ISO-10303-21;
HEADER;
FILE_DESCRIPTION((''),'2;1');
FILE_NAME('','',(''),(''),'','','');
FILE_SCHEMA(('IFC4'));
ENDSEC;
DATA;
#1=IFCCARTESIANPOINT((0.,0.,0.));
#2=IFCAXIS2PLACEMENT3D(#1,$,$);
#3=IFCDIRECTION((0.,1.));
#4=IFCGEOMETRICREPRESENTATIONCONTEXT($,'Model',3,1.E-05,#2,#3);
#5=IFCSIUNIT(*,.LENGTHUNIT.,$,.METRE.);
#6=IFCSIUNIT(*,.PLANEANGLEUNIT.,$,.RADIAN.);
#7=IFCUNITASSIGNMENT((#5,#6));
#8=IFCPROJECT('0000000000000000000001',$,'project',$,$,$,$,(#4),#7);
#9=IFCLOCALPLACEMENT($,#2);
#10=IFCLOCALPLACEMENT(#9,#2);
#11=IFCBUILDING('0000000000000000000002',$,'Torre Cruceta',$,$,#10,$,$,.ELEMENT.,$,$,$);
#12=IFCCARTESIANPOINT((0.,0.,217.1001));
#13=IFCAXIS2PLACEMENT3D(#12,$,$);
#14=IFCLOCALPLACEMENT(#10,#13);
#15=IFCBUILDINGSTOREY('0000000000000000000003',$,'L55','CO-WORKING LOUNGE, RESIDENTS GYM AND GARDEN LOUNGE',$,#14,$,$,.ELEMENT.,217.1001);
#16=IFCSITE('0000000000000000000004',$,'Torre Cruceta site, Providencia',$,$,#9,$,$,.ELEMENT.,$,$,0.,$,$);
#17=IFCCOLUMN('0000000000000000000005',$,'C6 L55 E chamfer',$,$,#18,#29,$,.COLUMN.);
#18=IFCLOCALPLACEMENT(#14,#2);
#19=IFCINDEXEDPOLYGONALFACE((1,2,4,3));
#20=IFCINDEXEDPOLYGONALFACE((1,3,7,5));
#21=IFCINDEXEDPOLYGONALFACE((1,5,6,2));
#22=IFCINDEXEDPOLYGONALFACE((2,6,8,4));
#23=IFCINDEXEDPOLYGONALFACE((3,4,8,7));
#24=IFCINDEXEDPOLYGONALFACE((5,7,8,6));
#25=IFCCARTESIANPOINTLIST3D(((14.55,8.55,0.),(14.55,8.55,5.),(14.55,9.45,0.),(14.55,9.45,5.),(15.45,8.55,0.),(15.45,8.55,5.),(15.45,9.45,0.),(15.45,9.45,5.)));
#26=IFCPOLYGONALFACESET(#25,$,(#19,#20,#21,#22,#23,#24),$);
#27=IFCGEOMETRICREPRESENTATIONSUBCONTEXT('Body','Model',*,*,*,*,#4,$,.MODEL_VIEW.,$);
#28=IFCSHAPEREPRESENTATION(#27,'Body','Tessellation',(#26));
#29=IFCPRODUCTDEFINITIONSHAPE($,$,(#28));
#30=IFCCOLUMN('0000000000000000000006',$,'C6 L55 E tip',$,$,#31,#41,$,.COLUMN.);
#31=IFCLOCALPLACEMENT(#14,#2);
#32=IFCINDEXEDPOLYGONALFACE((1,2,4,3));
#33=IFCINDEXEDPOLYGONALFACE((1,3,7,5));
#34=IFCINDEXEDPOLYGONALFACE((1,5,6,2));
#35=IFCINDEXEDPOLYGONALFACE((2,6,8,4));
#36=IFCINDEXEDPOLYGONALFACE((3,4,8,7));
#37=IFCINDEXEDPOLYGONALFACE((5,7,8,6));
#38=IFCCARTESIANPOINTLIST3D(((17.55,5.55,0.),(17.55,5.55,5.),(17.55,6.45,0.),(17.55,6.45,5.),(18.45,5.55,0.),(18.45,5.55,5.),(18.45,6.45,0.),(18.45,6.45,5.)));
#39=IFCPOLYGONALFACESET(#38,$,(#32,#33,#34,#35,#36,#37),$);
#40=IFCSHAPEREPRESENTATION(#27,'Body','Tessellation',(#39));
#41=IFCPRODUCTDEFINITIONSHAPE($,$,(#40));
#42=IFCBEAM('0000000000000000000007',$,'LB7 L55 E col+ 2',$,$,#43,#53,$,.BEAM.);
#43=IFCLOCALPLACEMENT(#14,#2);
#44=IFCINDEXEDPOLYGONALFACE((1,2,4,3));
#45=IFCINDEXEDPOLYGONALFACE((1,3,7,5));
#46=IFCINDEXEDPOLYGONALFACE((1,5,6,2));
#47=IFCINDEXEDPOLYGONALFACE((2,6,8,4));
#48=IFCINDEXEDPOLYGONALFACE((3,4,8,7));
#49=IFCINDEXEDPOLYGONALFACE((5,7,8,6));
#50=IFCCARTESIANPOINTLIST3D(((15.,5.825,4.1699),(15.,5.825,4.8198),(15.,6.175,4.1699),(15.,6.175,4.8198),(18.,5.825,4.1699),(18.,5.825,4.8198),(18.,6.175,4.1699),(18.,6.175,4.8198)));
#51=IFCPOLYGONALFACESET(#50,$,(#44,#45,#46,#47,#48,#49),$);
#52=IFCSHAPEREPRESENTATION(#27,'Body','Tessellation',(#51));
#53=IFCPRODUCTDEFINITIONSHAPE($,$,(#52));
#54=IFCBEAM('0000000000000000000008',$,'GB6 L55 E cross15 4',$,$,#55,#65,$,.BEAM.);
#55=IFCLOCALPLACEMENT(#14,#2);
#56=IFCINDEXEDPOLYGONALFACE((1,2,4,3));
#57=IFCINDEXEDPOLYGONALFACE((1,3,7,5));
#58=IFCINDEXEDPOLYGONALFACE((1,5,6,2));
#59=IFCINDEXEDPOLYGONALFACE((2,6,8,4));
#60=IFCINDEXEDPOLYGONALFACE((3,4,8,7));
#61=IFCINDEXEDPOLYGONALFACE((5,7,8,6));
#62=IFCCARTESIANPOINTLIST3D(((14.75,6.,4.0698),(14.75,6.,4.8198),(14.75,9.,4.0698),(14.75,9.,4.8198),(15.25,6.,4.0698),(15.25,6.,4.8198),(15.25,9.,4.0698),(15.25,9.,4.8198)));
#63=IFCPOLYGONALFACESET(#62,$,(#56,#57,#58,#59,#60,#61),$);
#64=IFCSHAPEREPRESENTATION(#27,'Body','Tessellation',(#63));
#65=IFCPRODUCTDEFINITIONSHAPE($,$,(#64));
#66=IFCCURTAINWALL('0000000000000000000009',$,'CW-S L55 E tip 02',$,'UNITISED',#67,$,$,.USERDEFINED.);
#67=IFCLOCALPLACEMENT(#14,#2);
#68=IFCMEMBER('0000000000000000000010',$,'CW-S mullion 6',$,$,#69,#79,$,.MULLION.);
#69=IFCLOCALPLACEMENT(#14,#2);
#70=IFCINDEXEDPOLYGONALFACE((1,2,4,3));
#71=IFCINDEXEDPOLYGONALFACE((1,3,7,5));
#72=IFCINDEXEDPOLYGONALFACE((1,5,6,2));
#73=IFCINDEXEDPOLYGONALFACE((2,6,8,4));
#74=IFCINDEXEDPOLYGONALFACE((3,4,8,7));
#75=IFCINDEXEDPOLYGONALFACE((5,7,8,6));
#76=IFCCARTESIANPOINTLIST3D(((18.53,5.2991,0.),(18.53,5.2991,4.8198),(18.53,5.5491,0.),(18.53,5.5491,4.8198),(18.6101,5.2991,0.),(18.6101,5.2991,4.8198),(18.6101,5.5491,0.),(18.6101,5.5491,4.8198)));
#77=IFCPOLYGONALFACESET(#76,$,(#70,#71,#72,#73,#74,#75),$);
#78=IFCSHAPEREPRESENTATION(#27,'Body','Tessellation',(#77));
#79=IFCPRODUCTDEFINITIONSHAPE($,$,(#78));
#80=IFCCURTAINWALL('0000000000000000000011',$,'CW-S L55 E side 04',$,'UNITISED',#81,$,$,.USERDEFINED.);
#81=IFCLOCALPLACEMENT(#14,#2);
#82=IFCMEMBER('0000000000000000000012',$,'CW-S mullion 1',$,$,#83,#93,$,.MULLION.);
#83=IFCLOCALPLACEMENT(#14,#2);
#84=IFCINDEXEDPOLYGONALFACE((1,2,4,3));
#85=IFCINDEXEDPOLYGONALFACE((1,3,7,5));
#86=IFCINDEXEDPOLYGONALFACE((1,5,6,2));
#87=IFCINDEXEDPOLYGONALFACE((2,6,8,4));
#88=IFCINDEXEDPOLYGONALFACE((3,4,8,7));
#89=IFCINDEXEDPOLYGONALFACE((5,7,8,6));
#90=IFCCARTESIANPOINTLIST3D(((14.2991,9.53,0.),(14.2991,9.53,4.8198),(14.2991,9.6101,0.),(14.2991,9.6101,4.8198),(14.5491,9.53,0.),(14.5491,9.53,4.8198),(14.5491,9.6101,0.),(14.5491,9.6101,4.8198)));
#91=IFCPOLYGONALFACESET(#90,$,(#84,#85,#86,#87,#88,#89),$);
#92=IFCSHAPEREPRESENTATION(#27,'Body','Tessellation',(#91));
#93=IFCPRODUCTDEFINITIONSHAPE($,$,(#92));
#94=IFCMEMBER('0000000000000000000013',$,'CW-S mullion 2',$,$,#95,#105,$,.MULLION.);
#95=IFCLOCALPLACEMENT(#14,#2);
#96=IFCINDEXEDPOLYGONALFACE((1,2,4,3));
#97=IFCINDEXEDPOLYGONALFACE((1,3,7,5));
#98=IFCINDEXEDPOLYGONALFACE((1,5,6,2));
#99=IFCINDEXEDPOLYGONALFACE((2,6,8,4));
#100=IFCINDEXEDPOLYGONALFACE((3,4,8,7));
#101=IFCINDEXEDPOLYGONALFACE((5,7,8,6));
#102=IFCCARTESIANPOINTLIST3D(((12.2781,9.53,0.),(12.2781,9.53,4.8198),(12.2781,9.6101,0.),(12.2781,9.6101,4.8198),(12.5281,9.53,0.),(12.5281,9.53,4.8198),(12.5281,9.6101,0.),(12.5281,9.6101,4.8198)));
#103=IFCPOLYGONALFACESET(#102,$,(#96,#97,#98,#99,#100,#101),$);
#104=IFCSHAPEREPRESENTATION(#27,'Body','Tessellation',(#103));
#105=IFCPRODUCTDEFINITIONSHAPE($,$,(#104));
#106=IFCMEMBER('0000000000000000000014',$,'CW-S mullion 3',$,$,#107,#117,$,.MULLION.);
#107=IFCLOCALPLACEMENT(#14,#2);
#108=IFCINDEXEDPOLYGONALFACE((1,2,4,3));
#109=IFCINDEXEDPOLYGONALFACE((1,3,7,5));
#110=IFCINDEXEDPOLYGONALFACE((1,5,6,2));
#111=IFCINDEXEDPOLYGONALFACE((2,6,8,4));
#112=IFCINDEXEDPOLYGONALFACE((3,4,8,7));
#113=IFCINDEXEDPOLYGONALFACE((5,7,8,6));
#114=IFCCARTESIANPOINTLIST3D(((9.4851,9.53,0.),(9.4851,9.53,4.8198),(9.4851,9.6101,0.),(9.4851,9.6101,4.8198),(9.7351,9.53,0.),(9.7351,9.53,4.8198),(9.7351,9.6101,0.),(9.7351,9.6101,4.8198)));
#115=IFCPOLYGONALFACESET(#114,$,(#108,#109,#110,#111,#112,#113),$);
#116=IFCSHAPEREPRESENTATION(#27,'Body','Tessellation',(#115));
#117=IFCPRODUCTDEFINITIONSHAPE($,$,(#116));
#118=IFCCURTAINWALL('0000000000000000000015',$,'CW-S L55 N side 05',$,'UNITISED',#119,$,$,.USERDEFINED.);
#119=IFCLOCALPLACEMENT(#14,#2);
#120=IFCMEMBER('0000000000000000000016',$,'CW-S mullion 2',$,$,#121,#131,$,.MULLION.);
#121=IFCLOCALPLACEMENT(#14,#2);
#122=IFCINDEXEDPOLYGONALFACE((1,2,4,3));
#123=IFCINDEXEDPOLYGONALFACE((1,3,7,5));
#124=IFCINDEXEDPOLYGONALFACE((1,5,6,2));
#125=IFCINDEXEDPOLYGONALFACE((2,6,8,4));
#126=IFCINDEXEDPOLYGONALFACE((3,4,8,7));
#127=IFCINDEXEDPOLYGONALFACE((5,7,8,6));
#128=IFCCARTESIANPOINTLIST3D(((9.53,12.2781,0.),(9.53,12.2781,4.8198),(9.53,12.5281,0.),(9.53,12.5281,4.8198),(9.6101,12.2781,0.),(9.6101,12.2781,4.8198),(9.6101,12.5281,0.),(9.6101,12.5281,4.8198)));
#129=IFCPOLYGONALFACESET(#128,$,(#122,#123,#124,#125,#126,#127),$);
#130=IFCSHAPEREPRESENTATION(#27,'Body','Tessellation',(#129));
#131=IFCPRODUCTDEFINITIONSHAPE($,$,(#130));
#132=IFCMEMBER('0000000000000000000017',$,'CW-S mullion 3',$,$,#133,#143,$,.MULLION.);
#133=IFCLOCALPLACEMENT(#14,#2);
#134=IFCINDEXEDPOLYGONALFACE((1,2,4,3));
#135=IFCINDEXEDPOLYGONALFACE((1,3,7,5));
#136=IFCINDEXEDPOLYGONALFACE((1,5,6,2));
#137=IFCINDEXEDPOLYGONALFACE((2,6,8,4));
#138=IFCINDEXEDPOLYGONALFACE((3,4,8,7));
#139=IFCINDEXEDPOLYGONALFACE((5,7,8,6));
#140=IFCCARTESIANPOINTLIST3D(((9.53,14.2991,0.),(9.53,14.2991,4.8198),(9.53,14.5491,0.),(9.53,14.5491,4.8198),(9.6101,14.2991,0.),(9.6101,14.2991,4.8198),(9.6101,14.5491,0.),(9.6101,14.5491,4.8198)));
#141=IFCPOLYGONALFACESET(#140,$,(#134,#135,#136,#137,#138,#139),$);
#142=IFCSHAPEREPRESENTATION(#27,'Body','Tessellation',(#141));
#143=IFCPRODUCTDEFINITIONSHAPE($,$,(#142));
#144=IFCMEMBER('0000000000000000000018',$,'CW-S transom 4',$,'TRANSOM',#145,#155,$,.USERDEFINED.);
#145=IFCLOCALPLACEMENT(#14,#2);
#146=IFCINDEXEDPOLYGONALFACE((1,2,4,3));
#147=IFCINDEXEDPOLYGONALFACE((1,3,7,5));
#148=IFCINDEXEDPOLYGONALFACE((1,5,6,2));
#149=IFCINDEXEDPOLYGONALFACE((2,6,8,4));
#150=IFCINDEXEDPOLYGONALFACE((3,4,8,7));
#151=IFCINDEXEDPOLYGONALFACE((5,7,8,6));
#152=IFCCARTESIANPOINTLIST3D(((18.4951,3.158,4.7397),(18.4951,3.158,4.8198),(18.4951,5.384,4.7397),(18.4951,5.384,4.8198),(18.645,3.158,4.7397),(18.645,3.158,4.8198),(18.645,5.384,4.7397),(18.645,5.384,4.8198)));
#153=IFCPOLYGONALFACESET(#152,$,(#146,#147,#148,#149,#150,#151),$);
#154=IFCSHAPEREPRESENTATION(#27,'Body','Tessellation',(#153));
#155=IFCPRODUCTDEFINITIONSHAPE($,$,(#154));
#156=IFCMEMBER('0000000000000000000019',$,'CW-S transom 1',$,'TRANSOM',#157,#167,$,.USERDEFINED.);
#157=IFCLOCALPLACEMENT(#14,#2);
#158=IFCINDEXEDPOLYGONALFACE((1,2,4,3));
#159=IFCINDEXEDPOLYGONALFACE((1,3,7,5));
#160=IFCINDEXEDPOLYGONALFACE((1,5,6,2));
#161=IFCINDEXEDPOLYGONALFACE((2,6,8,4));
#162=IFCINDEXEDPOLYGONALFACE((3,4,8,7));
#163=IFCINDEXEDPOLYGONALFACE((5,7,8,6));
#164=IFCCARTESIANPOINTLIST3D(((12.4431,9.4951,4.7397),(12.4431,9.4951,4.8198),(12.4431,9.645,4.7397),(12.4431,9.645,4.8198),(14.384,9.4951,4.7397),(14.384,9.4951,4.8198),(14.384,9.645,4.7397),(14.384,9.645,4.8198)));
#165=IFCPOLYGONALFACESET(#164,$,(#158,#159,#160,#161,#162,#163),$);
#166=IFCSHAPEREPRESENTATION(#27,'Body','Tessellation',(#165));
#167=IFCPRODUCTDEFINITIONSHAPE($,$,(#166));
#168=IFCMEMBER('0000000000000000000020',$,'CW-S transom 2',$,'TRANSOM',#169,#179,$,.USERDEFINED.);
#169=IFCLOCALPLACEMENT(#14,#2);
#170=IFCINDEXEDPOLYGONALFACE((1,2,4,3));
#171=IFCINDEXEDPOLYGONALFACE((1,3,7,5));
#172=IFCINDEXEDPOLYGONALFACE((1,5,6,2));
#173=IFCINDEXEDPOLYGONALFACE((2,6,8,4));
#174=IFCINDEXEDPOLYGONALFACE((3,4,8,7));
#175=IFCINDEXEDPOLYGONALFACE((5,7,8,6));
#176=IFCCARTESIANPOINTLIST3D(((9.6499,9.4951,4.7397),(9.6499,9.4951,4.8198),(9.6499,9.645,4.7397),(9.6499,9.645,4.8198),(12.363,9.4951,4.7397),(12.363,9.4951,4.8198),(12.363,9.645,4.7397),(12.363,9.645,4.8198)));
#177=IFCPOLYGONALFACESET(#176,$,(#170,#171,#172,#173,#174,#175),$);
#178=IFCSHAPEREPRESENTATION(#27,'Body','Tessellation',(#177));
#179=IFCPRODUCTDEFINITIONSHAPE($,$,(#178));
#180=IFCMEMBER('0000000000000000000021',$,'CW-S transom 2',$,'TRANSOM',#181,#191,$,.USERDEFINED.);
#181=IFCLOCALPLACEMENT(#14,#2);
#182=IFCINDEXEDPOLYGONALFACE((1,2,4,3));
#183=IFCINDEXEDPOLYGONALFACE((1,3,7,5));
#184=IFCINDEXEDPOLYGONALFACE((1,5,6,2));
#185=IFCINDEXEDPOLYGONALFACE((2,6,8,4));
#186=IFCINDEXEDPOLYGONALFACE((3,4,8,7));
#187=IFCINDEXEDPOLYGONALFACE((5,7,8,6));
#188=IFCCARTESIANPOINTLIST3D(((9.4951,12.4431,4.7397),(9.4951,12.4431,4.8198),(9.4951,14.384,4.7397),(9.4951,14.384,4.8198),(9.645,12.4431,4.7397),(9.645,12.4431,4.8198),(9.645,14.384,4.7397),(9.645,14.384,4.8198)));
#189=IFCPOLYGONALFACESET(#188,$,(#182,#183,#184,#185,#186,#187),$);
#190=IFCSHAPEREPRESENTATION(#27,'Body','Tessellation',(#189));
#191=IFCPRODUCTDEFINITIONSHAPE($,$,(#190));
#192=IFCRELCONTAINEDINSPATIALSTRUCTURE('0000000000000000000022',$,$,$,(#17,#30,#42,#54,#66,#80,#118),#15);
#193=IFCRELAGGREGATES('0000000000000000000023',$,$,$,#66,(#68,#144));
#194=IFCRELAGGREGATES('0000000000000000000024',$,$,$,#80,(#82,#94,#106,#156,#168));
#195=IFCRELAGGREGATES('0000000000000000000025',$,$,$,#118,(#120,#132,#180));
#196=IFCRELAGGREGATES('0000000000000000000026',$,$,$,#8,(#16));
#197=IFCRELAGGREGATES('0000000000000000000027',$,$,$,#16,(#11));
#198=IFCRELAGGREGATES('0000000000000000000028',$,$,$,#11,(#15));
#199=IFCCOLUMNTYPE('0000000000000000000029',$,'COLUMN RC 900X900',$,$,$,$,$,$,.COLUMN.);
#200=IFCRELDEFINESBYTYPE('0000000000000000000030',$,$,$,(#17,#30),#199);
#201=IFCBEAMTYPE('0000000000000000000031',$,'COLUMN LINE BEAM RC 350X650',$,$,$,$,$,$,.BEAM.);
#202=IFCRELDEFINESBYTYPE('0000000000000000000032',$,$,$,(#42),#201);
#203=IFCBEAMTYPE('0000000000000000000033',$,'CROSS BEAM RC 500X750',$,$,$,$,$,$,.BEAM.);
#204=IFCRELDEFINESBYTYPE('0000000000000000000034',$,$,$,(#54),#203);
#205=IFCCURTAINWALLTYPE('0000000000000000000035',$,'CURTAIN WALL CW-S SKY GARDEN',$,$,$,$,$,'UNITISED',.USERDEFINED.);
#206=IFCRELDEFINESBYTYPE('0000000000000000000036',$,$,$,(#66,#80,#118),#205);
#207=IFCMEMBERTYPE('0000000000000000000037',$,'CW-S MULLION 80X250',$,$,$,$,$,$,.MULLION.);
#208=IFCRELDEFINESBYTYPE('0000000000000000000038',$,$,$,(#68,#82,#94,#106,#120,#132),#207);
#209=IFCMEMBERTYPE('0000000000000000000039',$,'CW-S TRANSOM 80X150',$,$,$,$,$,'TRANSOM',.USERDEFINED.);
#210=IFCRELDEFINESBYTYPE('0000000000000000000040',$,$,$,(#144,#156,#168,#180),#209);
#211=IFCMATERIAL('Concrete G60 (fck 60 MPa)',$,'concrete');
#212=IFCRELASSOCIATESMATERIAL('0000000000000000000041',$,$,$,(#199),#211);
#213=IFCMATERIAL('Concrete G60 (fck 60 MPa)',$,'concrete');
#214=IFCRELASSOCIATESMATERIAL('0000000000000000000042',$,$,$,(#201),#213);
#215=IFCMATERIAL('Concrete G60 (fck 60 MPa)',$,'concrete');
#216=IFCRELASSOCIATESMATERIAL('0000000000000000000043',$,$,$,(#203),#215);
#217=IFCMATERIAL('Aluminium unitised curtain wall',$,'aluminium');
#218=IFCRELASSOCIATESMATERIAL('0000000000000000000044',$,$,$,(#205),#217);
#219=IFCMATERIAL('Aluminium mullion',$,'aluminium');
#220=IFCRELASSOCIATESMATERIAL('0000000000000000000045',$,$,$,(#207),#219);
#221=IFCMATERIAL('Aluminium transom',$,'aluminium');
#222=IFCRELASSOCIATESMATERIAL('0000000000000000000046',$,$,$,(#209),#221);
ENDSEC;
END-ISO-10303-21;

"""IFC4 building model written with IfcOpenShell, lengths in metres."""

from ifc_helpers import new_model, si_unit, direction, frame, origin, origin_2d, place, context, subcontext, project, spatial, rectangle, extrude, material, material_profile, profile_set, type_object, element, aggregate, save


model = new_model("IFC4")

# Units and contexts
model_context = context("Model", 3, precision=1e-05, world=origin(), true_north=direction((0.0, 1.0)))
body_context = subcontext(model_context, "Body", "Model", "MODEL_VIEW")
ifc_project = project(units=[si_unit("LENGTHUNIT", "METRE"), si_unit("PLANEANGLEUNIT", "RADIAN")], contexts=[model_context])

# Site, building, storey
site_placement = place(None, origin())
site = spatial("IfcSite", under=ifc_project, at=site_placement, Name="Torre Cruceta site, Providencia", CompositionType="ELEMENT", RefElevation=0.0)
building_placement = place(site_placement, origin())
building = spatial("IfcBuilding", under=site, at=building_placement, Name="Torre Cruceta", CompositionType="ELEMENT")
storey_placement = place(building_placement, frame((0.0, 0.0, 217.1001)))
storey = spatial("IfcBuildingStorey", under=building, at=storey_placement, Name="L55", Description="CO-WORKING LOUNGE, RESIDENTS GYM AND GARDEN LOUNGE", CompositionType="ELEMENT", Elevation=217.1001)

# Columns
ifc_material_1 = material(Name="Concrete G60 (fck 60 MPa)", Category="concrete")
ifc_material_profile_1 = material_profile(ifc_material_1, rectangle(XDim=0.8999, YDim=0.8999, at=origin_2d()), Name="RC 900X900")
ifc_profile_set_1 = profile_set([ifc_material_profile_1], Name="Concrete G60 (fck 60 MPa)")
column_type = type_object("IfcColumnType", Name="COLUMN RC 900X900", PredefinedType="COLUMN", material=ifc_profile_set_1)
for number, where, z_axis, x_axis, name in (
    (1, (15.0, 9.0, 0.0), (0.0, 0.0, 1.0), (1.0, 0.0, 0.0), "C6 L55 E chamfer"),
    (2, (18.0, 6.0, 0.0), (0.0, 0.0, 1.0), (1.0, 0.0, 0.0), "C6 L55 E tip"),
):
    element("IfcColumn", number, at=place(storey_placement, frame(where, z_axis=z_axis, x_axis=x_axis)), inside=storey, type_object=column_type, Name=name, PredefinedType="COLUMN", context=body_context, shape_type="SweptSolid", body=[
        extrude(rectangle(XDim=0.8999, YDim=0.8999, at=origin_2d()), origin(), (0.0, 0.0, 1.0), 5.0),
    ])

# Beams
ifc_material_2 = material(Name="Concrete G60 (fck 60 MPa)", Category="concrete")
ifc_material_profile_2 = material_profile(ifc_material_2, rectangle(XDim=0.3501, YDim=0.6499, at=origin_2d()), Name="RC 350X650")
ifc_profile_set_2 = profile_set([ifc_material_profile_2], Name="Concrete G60 (fck 60 MPa)")
beam_type_1 = type_object("IfcBeamType", Name="COLUMN LINE BEAM RC 350X650", PredefinedType="BEAM", material=ifc_profile_set_2)
beam_1_placement = place(storey_placement, frame((15.0, 6.0, 4.4949), z_axis=(1.0, 0.0, 0.0), x_axis=(0.0, 1.0, 0.0)))
element("IfcBeam", 3, at=beam_1_placement, inside=storey, type_object=beam_type_1, Name="LB7 L55 E col+ 2", PredefinedType="BEAM", context=body_context, shape_type="SweptSolid", body=[
    extrude(rectangle(XDim=0.3501, YDim=0.6499, at=origin_2d()), origin(), (0.0, 0.0, 1.0), 3.0),
])
ifc_material_3 = material(Name="Concrete G60 (fck 60 MPa)", Category="concrete")
ifc_material_profile_3 = material_profile(ifc_material_3, rectangle(XDim=0.5, YDim=0.75, at=origin_2d()), Name="RC 500X750")
ifc_profile_set_3 = profile_set([ifc_material_profile_3], Name="Concrete G60 (fck 60 MPa)")
beam_type_2 = type_object("IfcBeamType", Name="CROSS BEAM RC 500X750", PredefinedType="BEAM", material=ifc_profile_set_3)
beam_2_placement = place(storey_placement, frame((15.0, 6.0, 4.4448), z_axis=(0.0, 1.0, 0.0), x_axis=(-1.0, 0.0, 0.0)))
element("IfcBeam", 4, at=beam_2_placement, inside=storey, type_object=beam_type_2, Name="GB6 L55 E cross15 4", PredefinedType="BEAM", context=body_context, shape_type="SweptSolid", body=[
    extrude(rectangle(XDim=0.5, YDim=0.75, at=origin_2d()), origin(), (0.0, 0.0, 1.0), 3.0),
])

# Curtain wall, member
ifc_material_4 = material(Name="Aluminium unitised curtain wall", Category="aluminium")
curtain_wall_type = type_object("IfcCurtainWallType", Name="CURTAIN WALL CW-S SKY GARDEN", ElementType="UNITISED", PredefinedType="USERDEFINED", material=ifc_material_4)
curtain_wall_1_placement = place(storey_placement, origin())
curtain_wall_1 = element("IfcCurtainWall", 5, at=curtain_wall_1_placement, inside=storey, type_object=curtain_wall_type, Name="CW-S L55 E tip 02", ObjectType="UNITISED", PredefinedType="USERDEFINED")
ifc_material_5 = material(Name="Aluminium mullion", Category="aluminium")
ifc_material_profile_4 = material_profile(ifc_material_5, rectangle(XDim=0.0801, YDim=0.25, at=origin_2d()), Name="AL 80X250")
ifc_profile_set_4 = profile_set([ifc_material_profile_4], Name="Aluminium mullion")
member_type_1 = type_object("IfcMemberType", Name="CW-S MULLION 80X250", PredefinedType="MULLION", material=ifc_profile_set_4)
member_1_placement = place(storey_placement, frame((18.5701, 5.4241, 0.0), z_axis=(0.0, 0.0, 1.0), x_axis=(-1.0, 0.0, 0.0)))
member_1 = element("IfcMember", 6, at=member_1_placement, type_object=member_type_1, Name="CW-S mullion 6", PredefinedType="MULLION", context=body_context, shape_type="SweptSolid", body=[
    extrude(rectangle(XDim=0.0801, YDim=0.25, at=origin_2d()), origin(), (0.0, 0.0, 1.0), 4.8198),
])

# Curtain walls, members
curtain_wall_2_placement = place(storey_placement, origin())
curtain_wall_2 = element("IfcCurtainWall", 7, at=curtain_wall_2_placement, inside=storey, type_object=curtain_wall_type, Name="CW-S L55 E side 04", ObjectType="UNITISED", PredefinedType="USERDEFINED")
member_2_placement = place(storey_placement, frame((14.4241, 9.5701, 0.0), z_axis=(0.0, 0.0, 1.0), x_axis=(0.0, -1.0, 0.0)))
member_2 = element("IfcMember", 8, at=member_2_placement, type_object=member_type_1, Name="CW-S mullion 1", PredefinedType="MULLION", context=body_context, shape_type="SweptSolid", body=[
    extrude(rectangle(XDim=0.0801, YDim=0.25, at=origin_2d()), origin(), (0.0, 0.0, 1.0), 4.8198),
])
member_3_placement = place(storey_placement, frame((12.4031, 9.5701, 0.0), z_axis=(0.0, 0.0, 1.0), x_axis=(0.0, -1.0, 0.0)))
member_3 = element("IfcMember", 9, at=member_3_placement, type_object=member_type_1, Name="CW-S mullion 2", PredefinedType="MULLION", context=body_context, shape_type="SweptSolid", body=[
    extrude(rectangle(XDim=0.0801, YDim=0.25, at=origin_2d()), origin(), (0.0, 0.0, 1.0), 4.8198),
])
member_4_placement = place(storey_placement, frame((9.6101, 9.5701, 0.0), z_axis=(0.0, 0.0, 1.0), x_axis=(0.0, -1.0, 0.0)))
member_4 = element("IfcMember", 10, at=member_4_placement, type_object=member_type_1, Name="CW-S mullion 3", PredefinedType="MULLION", context=body_context, shape_type="SweptSolid", body=[
    extrude(rectangle(XDim=0.0801, YDim=0.25, at=origin_2d()), origin(), (0.0, 0.0, 1.0), 4.8198),
])
curtain_wall_3_placement = place(storey_placement, origin())
curtain_wall_3 = element("IfcCurtainWall", 11, at=curtain_wall_3_placement, inside=storey, type_object=curtain_wall_type, Name="CW-S L55 N side 05", ObjectType="UNITISED", PredefinedType="USERDEFINED")
member_5_placement = place(storey_placement, frame((9.5701, 12.4031, 0.0), z_axis=(0.0, 0.0, 1.0), x_axis=(-1.0, 0.0, 0.0)))
member_5 = element("IfcMember", 12, at=member_5_placement, type_object=member_type_1, Name="CW-S mullion 2", PredefinedType="MULLION", context=body_context, shape_type="SweptSolid", body=[
    extrude(rectangle(XDim=0.0801, YDim=0.25, at=origin_2d()), origin(), (0.0, 0.0, 1.0), 4.8198),
])
member_6_placement = place(storey_placement, frame((9.5701, 14.4241, 0.0), z_axis=(0.0, 0.0, 1.0), x_axis=(-1.0, 0.0, 0.0)))
member_6 = element("IfcMember", 13, at=member_6_placement, type_object=member_type_1, Name="CW-S mullion 3", PredefinedType="MULLION", context=body_context, shape_type="SweptSolid", body=[
    extrude(rectangle(XDim=0.0801, YDim=0.25, at=origin_2d()), origin(), (0.0, 0.0, 1.0), 4.8198),
])

# Members
ifc_material_6 = material(Name="Aluminium transom", Category="aluminium")
ifc_material_profile_5 = material_profile(ifc_material_6, rectangle(XDim=0.1499, YDim=0.0801, at=origin_2d()), Name="AL 150X80")
ifc_profile_set_5 = profile_set([ifc_material_profile_5], Name="Aluminium transom")
member_type_2 = type_object("IfcMemberType", Name="CW-S TRANSOM 80X150", ElementType="TRANSOM", PredefinedType="USERDEFINED", material=ifc_profile_set_5)
member_7_placement = place(storey_placement, frame((18.5701, 3.158, 4.7798), z_axis=(0.0, 1.0, 0.0), x_axis=(-1.0, 0.0, 0.0)))
member_7 = element("IfcMember", 14, at=member_7_placement, type_object=member_type_2, Name="CW-S transom 4", ObjectType="TRANSOM", PredefinedType="USERDEFINED", context=body_context, shape_type="SweptSolid", body=[
    extrude(rectangle(XDim=0.1499, YDim=0.0801, at=origin_2d()), origin(), (0.0, 0.0, 1.0), 2.2261),
])
member_8_placement = place(storey_placement, frame((14.384, 9.5701, 4.7798), z_axis=(-1.0, 0.0, 0.0), x_axis=(0.0, -1.0, 0.0)))
member_8 = element("IfcMember", 15, at=member_8_placement, type_object=member_type_2, Name="CW-S transom 1", ObjectType="TRANSOM", PredefinedType="USERDEFINED", context=body_context, shape_type="SweptSolid", body=[
    extrude(rectangle(XDim=0.1499, YDim=0.0801, at=origin_2d()), origin(), (0.0, 0.0, 1.0), 1.9409),
])
member_9_placement = place(storey_placement, frame((12.363, 9.5701, 4.7798), z_axis=(-1.0, 0.0, 0.0), x_axis=(0.0, -1.0, 0.0)))
member_9 = element("IfcMember", 16, at=member_9_placement, type_object=member_type_2, Name="CW-S transom 2", ObjectType="TRANSOM", PredefinedType="USERDEFINED", context=body_context, shape_type="SweptSolid", body=[
    extrude(rectangle(XDim=0.1499, YDim=0.0801, at=origin_2d()), origin(), (0.0, 0.0, 1.0), 2.7131),
])
member_10_placement = place(storey_placement, frame((9.5701, 12.4431, 4.7798), z_axis=(0.0, 1.0, 0.0), x_axis=(-1.0, 0.0, 0.0)))
member_10 = element("IfcMember", 17, at=member_10_placement, type_object=member_type_2, Name="CW-S transom 2", ObjectType="TRANSOM", PredefinedType="USERDEFINED", context=body_context, shape_type="SweptSolid", body=[
    extrude(rectangle(XDim=0.1499, YDim=0.0801, at=origin_2d()), origin(), (0.0, 0.0, 1.0), 1.9409),
])

aggregate(curtain_wall_1, [member_1, member_7])
aggregate(curtain_wall_2, [member_2, member_3, member_4, member_8, member_9])
aggregate(curtain_wall_3, [member_5, member_6, member_10])

save(model, "model.ifc")
